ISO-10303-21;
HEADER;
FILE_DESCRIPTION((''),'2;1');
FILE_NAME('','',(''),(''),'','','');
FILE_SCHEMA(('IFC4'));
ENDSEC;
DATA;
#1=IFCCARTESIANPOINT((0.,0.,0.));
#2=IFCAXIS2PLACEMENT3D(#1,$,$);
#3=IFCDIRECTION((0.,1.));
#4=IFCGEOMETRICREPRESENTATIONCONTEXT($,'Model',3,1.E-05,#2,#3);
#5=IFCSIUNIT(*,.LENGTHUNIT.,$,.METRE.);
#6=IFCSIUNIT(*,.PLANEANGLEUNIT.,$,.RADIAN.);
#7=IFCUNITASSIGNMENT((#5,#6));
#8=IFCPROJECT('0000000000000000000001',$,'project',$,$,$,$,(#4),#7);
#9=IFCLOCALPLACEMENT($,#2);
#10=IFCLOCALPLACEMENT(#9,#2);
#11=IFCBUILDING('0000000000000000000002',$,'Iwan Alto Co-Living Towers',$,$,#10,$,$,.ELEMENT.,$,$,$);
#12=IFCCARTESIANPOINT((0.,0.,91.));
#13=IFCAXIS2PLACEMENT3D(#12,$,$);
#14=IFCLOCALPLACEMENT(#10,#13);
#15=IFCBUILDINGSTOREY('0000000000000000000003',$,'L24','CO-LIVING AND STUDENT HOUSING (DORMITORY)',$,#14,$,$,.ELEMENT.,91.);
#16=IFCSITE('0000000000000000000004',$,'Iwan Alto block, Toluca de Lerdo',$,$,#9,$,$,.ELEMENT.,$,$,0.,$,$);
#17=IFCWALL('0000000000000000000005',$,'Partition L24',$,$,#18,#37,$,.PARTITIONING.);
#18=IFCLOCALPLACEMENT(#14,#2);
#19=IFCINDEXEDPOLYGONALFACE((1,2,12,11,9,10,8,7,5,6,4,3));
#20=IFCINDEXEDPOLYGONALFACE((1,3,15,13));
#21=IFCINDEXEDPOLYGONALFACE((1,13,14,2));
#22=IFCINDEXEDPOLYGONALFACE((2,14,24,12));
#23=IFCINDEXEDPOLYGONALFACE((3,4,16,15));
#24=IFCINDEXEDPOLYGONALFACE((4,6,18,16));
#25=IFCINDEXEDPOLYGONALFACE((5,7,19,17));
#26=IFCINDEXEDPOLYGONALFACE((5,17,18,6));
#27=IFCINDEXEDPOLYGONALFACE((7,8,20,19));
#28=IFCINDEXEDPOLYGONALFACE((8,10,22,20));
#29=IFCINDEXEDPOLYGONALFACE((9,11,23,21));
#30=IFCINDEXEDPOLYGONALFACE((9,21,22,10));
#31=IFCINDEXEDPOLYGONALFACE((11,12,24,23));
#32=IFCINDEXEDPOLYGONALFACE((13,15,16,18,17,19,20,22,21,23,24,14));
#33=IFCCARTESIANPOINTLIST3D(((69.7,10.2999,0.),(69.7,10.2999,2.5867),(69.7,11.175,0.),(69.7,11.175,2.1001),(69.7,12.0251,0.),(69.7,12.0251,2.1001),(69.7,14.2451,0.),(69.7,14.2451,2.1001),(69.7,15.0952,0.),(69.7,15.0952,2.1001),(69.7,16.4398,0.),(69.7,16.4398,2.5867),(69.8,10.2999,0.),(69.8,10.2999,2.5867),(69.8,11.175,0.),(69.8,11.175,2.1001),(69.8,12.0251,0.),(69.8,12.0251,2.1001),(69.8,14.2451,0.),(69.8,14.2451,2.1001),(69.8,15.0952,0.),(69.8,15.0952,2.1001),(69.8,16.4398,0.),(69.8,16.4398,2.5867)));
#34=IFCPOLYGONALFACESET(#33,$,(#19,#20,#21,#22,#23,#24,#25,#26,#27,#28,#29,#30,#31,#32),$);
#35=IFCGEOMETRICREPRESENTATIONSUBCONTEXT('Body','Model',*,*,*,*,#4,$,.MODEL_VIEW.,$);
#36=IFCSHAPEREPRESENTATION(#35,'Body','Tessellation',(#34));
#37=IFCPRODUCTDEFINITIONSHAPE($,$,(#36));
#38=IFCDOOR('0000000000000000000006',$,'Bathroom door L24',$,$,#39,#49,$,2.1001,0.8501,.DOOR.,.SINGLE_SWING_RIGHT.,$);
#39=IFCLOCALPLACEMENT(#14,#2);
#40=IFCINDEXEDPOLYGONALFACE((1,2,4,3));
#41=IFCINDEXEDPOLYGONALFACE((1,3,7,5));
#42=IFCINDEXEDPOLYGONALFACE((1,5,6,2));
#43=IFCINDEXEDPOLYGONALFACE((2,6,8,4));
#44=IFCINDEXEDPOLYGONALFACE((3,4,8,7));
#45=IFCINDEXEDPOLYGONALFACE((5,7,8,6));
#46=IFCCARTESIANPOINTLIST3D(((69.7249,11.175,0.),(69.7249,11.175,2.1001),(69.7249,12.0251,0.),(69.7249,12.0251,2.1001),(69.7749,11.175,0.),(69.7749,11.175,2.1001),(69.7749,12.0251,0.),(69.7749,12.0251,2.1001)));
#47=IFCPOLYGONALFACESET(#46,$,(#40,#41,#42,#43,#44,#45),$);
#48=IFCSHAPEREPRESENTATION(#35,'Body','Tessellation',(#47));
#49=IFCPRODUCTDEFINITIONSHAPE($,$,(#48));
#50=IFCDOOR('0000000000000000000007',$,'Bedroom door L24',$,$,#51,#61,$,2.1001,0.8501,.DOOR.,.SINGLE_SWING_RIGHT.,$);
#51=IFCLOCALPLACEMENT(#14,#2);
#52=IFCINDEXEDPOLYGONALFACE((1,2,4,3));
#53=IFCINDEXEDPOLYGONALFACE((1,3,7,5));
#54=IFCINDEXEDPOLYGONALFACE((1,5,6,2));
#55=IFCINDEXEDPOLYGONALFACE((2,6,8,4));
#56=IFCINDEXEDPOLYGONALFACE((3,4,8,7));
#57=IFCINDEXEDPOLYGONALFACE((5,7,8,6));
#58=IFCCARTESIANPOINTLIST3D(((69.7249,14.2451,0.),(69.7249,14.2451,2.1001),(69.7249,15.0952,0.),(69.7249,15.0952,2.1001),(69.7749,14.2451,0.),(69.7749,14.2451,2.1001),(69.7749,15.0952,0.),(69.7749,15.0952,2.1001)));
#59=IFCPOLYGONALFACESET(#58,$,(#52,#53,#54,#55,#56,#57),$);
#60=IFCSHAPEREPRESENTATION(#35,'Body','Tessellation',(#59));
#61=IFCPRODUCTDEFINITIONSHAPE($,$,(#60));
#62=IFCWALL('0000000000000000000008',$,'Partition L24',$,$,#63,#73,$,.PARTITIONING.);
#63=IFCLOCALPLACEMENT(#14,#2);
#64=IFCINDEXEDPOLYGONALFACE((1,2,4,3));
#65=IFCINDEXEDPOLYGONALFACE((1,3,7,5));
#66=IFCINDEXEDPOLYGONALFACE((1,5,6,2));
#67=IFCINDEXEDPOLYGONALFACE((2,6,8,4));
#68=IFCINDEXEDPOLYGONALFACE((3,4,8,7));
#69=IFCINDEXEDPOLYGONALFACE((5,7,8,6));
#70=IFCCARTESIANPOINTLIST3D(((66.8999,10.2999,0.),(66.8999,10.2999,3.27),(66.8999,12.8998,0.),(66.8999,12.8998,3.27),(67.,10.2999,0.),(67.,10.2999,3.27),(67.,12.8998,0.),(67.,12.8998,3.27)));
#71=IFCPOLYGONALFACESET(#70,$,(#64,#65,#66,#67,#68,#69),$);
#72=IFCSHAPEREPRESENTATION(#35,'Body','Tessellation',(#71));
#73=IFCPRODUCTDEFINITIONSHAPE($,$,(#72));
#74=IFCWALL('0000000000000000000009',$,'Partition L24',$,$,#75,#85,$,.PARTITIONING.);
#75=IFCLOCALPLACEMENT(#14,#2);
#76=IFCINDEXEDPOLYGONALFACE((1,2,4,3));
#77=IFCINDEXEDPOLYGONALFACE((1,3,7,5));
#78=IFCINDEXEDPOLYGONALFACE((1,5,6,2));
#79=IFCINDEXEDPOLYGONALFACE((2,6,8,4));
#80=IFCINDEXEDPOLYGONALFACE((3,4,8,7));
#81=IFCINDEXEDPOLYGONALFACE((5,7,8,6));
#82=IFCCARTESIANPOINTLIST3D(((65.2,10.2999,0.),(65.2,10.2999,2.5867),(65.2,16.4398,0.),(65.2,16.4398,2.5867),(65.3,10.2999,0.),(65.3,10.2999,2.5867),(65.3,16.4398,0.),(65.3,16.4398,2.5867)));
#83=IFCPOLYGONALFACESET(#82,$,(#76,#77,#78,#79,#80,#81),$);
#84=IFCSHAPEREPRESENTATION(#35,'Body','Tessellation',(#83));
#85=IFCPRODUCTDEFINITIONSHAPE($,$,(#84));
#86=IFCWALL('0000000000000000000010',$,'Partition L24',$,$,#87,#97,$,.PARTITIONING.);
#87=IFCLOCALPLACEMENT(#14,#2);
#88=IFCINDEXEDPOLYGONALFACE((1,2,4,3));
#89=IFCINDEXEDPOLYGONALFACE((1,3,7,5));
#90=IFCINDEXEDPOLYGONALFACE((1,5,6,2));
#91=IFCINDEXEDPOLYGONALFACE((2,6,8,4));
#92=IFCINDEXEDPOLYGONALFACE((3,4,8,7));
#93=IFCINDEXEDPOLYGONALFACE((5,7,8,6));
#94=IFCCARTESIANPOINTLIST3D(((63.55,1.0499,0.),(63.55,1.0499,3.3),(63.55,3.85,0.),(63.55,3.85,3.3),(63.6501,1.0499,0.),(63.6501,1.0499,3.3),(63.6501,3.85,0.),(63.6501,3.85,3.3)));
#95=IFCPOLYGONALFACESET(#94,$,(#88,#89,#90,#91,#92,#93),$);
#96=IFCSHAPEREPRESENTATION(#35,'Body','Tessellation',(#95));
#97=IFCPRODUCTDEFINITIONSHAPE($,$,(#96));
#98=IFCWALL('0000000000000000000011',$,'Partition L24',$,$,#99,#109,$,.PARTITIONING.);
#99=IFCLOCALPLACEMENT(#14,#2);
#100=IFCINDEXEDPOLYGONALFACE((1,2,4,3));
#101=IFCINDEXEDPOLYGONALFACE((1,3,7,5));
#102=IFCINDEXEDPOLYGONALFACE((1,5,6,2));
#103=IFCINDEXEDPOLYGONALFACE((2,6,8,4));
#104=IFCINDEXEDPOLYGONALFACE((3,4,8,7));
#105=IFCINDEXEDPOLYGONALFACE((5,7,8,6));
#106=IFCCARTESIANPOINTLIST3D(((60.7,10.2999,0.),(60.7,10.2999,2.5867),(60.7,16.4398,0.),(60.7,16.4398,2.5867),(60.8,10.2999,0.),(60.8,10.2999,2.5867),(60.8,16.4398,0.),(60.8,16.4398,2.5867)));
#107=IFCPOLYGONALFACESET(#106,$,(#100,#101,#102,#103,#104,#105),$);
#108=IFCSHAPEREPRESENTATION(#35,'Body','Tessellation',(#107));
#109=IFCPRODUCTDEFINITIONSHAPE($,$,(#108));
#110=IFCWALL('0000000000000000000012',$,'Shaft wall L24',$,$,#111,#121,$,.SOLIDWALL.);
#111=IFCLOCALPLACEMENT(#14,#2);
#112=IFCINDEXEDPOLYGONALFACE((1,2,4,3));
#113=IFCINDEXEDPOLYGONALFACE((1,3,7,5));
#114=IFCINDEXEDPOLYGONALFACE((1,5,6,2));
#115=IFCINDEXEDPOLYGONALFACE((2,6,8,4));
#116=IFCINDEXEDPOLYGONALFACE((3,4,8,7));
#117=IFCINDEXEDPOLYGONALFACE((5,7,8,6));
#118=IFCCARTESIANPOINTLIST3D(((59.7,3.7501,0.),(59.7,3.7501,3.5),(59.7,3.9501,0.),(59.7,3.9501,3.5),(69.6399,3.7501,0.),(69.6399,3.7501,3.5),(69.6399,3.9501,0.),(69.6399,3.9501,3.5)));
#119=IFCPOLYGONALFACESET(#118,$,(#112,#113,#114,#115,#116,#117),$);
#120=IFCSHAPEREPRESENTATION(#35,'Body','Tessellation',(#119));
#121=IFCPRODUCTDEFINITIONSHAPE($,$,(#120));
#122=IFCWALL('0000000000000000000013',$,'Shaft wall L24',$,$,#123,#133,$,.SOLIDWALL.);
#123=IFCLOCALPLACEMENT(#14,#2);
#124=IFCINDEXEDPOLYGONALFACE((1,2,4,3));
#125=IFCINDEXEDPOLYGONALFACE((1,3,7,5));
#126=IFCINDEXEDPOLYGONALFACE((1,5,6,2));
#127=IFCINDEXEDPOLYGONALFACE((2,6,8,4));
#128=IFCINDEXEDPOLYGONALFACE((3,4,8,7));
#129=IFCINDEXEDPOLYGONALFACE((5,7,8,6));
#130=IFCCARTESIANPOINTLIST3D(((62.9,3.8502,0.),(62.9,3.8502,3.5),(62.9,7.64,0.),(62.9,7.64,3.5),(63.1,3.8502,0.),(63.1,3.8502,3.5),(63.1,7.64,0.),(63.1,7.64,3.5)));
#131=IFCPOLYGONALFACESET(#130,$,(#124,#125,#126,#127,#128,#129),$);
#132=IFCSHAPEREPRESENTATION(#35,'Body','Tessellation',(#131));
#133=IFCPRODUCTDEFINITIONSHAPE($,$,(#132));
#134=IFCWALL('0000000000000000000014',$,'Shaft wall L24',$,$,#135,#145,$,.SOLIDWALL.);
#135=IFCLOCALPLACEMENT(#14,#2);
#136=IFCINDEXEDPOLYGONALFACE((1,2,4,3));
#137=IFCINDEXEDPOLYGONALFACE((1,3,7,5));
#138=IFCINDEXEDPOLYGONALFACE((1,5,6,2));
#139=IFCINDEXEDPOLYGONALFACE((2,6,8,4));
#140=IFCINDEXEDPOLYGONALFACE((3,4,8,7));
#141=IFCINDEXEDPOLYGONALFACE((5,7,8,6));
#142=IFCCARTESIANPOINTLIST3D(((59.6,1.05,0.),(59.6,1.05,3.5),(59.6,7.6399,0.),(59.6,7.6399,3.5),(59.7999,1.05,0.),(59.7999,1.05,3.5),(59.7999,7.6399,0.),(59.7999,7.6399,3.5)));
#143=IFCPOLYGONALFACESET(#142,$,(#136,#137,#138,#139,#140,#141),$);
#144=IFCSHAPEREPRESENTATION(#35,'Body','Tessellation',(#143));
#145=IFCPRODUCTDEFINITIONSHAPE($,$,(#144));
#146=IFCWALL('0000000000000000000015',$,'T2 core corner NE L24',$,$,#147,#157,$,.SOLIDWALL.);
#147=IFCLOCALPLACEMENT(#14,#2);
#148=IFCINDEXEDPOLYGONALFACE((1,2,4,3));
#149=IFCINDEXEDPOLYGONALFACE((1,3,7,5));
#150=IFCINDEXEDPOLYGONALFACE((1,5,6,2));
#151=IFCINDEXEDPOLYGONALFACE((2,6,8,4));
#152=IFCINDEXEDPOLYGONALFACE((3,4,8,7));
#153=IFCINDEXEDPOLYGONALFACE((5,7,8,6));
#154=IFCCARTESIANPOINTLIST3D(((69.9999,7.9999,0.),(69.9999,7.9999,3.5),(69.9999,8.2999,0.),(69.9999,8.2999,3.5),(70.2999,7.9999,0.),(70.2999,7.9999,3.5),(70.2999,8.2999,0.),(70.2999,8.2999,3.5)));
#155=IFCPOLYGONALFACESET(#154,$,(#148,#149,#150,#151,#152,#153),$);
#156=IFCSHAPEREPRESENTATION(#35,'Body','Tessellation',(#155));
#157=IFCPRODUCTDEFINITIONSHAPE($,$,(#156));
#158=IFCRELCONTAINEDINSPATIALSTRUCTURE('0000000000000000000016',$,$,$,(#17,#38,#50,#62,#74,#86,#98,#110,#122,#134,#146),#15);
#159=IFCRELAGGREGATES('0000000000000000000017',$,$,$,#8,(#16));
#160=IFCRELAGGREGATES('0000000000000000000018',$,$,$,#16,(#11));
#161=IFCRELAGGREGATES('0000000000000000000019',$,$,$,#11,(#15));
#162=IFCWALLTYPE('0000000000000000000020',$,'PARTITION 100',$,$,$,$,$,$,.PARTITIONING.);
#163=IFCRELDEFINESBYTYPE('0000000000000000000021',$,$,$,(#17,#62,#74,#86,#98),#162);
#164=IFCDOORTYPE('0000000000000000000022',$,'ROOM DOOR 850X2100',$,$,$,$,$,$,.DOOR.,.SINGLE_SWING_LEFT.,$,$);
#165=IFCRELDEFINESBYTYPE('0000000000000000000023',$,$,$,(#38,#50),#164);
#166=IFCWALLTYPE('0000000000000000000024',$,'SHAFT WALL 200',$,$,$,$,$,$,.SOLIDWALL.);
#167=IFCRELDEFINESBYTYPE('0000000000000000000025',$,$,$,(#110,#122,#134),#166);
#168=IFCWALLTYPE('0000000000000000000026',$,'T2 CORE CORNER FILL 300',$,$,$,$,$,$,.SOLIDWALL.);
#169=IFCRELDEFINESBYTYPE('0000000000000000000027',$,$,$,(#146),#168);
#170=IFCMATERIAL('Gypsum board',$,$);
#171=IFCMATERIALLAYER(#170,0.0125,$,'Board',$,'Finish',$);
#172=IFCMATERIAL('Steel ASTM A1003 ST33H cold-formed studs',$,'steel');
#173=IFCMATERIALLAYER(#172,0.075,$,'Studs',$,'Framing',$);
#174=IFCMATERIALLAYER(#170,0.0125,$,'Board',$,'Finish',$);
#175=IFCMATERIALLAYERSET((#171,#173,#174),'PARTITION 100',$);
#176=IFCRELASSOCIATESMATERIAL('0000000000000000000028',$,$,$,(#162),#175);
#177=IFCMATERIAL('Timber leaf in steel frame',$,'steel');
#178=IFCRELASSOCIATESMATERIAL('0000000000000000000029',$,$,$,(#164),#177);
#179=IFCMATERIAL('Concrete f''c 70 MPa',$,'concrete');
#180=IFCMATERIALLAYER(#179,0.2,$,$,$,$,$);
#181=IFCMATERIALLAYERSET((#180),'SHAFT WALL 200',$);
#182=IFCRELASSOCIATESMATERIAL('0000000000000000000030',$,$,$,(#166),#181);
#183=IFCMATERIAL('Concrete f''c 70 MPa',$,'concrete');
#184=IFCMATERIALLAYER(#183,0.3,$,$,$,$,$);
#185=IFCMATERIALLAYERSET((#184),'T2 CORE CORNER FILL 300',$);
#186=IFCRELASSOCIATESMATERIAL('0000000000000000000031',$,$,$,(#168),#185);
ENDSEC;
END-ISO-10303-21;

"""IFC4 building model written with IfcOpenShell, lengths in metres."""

from ifc_helpers import new_model, si_unit, direction, frame, frame_2d, origin, place, context, subcontext, project, spatial, rectangle, extrude, material, layer, layer_set, type_object, element, fill, save


model = new_model("IFC4")

# Units and contexts
model_context = context("Model", 3, precision=1e-05, world=origin(), true_north=direction((0.0, 1.0)))
body_context = subcontext(model_context, "Body", "Model", "MODEL_VIEW")
ifc_project = project(units=[si_unit("LENGTHUNIT", "METRE"), si_unit("PLANEANGLEUNIT", "RADIAN")], contexts=[model_context])

# Site, building, storey
site_placement = place(None, origin())
site = spatial("IfcSite", under=ifc_project, at=site_placement, Name="Iwan Alto block, Toluca de Lerdo", CompositionType="ELEMENT", RefElevation=0.0)
building_placement = place(site_placement, origin())
building = spatial("IfcBuilding", under=site, at=building_placement, Name="Iwan Alto Co-Living Towers", CompositionType="ELEMENT")
storey_placement = place(building_placement, frame((0.0, 0.0, 91.0)))
storey = spatial("IfcBuildingStorey", under=building, at=storey_placement, Name="L24", Description="CO-LIVING AND STUDENT HOUSING (DORMITORY)", CompositionType="ELEMENT", Elevation=91.0)

# Shared definitions
ifc_material_1 = material(Name="Gypsum board")
ifc_layer_1 = layer(ifc_material_1, 0.0125, Name="Board", Category="Finish")
ifc_material_2 = material(Name="Steel ASTM A1003 ST33H cold-formed studs", Category="steel")
ifc_layer_2 = layer(ifc_material_2, 0.075, Name="Studs", Category="Framing")
ifc_layer_3 = layer(ifc_material_1, 0.0125, Name="Board", Category="Finish")
ifc_layer_set_1 = layer_set([ifc_layer_1, ifc_layer_2, ifc_layer_3], Name="PARTITION 100")
wall_type_1 = type_object("IfcWallType", Name="PARTITION 100", PredefinedType="PARTITIONING", material=ifc_layer_set_1)

# Shared definitions
ifc_material_3 = material(Name="Timber leaf in steel frame", Category="steel")
door_type_1 = type_object("IfcDoorType", Name="ROOM DOOR 850X2100", OperationType="SINGLE_SWING_LEFT", PredefinedType="DOOR", material=ifc_material_3)

# Wall, openings, doors
wall_1_placement = place(storey_placement, frame((69.75, 10.3, 0.0), z_axis=(0.0, 0.0, 1.0), x_axis=(0.0, 1.0, 0.0)))
wall_1 = element("IfcWall", 1, at=wall_1_placement, inside=storey, type_object=wall_type_1, Name="Partition L24", PredefinedType="PARTITIONING", context=body_context, shape_type="SweptSolid", body=[
    extrude(rectangle(XDim=6.1399, YDim=0.1001, at=frame_2d((3.0698, 0.0))), origin(), (0.0, 0.0, 1.0), 2.5867),
])
opening_1_placement = place(wall_1_placement, frame((0.875, 0.0, 0.0)))
opening_1 = element("IfcOpeningElement", 2, at=opening_1_placement, cuts=wall_1, PredefinedType="OPENING", context=body_context, shape_type="SweptSolid", body=[
    extrude(rectangle(XDim=0.8501, YDim=2.1001, at=frame_2d((0.425, 1.05))), frame((0.0, 0.0601, 0.0), z_axis=(0.0, -1.0, 0.0), x_axis=(1.0, 0.0, 0.0)), (0.0, 0.0, 1.0), 0.1201),
])
opening_2_placement = place(wall_1_placement, frame((3.9451, 0.0, 0.0)))
opening_2 = element("IfcOpeningElement", 3, at=opening_2_placement, cuts=wall_1, PredefinedType="OPENING", context=body_context, shape_type="SweptSolid", body=[
    extrude(rectangle(XDim=0.8501, YDim=2.1001, at=frame_2d((0.425, 1.05))), frame((0.0, 0.0601, 0.0), z_axis=(0.0, -1.0, 0.0), x_axis=(1.0, 0.0, 0.0)), (0.0, 0.0, 1.0), 0.1201),
])
door_1_placement = place(opening_1_placement, frame((0.8501, 0.0, 0.0), z_axis=(0.0, 0.0, 1.0), x_axis=(-1.0, 0.0, 0.0)))
door_1 = element("IfcDoor", 4, at=door_1_placement, inside=storey, type_object=door_type_1, Name="Bathroom door L24", OperationType="SINGLE_SWING_RIGHT", OverallHeight=2.1001, OverallWidth=0.8501, PredefinedType="DOOR", context=body_context, shape_type="SweptSolid", body=[
    extrude(rectangle(XDim=0.8501, YDim=2.1001, at=frame_2d((0.425, 1.05))), frame((0.0, 0.0249, 0.0), z_axis=(0.0, -1.0, 0.0), x_axis=(1.0, 0.0, 0.0)), (0.0, 0.0, 1.0), 0.05),
])
fill(opening_1, door_1)
door_2_placement = place(opening_2_placement, frame((0.8501, 0.0, 0.0), z_axis=(0.0, 0.0, 1.0), x_axis=(-1.0, 0.0, 0.0)))
door_2 = element("IfcDoor", 5, at=door_2_placement, inside=storey, type_object=door_type_1, Name="Bedroom door L24", OperationType="SINGLE_SWING_RIGHT", OverallHeight=2.1001, OverallWidth=0.8501, PredefinedType="DOOR", context=body_context, shape_type="SweptSolid", body=[
    extrude(rectangle(XDim=0.8501, YDim=2.1001, at=frame_2d((0.425, 1.05))), frame((0.0, 0.0249, 0.0), z_axis=(0.0, -1.0, 0.0), x_axis=(1.0, 0.0, 0.0)), (0.0, 0.0, 1.0), 0.05),
])
fill(opening_2, door_2)

# Walls
wall_2_placement = place(storey_placement, frame((66.95, 10.3, 0.0), z_axis=(0.0, 0.0, 1.0), x_axis=(0.0, 1.0, 0.0)))
element("IfcWall", 6, at=wall_2_placement, inside=storey, type_object=wall_type_1, Name="Partition L24", PredefinedType="PARTITIONING", context=body_context, shape_type="SweptSolid", body=[
    extrude(rectangle(XDim=2.5999, YDim=0.1001, at=frame_2d((1.2998, 0.0))), origin(), (0.0, 0.0, 1.0), 3.27),
])
wall_3_placement = place(storey_placement, frame((65.25, 10.3, 0.0), z_axis=(0.0, 0.0, 1.0), x_axis=(0.0, 1.0, 0.0)))
element("IfcWall", 7, at=wall_3_placement, inside=storey, type_object=wall_type_1, Name="Partition L24", PredefinedType="PARTITIONING", context=body_context, shape_type="SweptSolid", body=[
    extrude(rectangle(XDim=6.1399, YDim=0.1001, at=frame_2d((3.0698, 0.0))), origin(), (0.0, 0.0, 1.0), 2.5867),
])
wall_4_placement = place(storey_placement, frame((63.6001, 1.05, 0.0), z_axis=(0.0, 0.0, 1.0), x_axis=(0.0, 1.0, 0.0)))
element("IfcWall", 8, at=wall_4_placement, inside=storey, type_object=wall_type_1, Name="Partition L24", PredefinedType="PARTITIONING", context=body_context, shape_type="SweptSolid", body=[
    extrude(rectangle(XDim=2.8, YDim=0.1001, at=frame_2d((1.3999, 0.0))), origin(), (0.0, 0.0, 1.0), 3.3),
])
wall_5_placement = place(storey_placement, frame((60.75, 10.3, 0.0), z_axis=(0.0, 0.0, 1.0), x_axis=(0.0, 1.0, 0.0)))
element("IfcWall", 9, at=wall_5_placement, inside=storey, type_object=wall_type_1, Name="Partition L24", PredefinedType="PARTITIONING", context=body_context, shape_type="SweptSolid", body=[
    extrude(rectangle(XDim=6.1399, YDim=0.1001, at=frame_2d((3.0698, 0.0))), origin(), (0.0, 0.0, 1.0), 2.5867),
])
ifc_material_4 = material(Name="Concrete f'c 70 MPa", Category="concrete")
ifc_layer_4 = layer(ifc_material_4, 0.2)
ifc_layer_set_2 = layer_set([ifc_layer_4], Name="SHAFT WALL 200")
wall_type_2 = type_object("IfcWallType", Name="SHAFT WALL 200", PredefinedType="SOLIDWALL", material=ifc_layer_set_2)
wall_6_placement = place(storey_placement, frame((59.7, 3.8501, 0.0), z_axis=(0.0, 0.0, 1.0), x_axis=(1.0, 0.0, 0.0)))
element("IfcWall", 10, at=wall_6_placement, inside=storey, type_object=wall_type_2, Name="Shaft wall L24", PredefinedType="SOLIDWALL", context=body_context, shape_type="SweptSolid", body=[
    extrude(rectangle(XDim=9.9399, YDim=0.2, at=frame_2d((4.97, 0.0))), origin(), (0.0, 0.0, 1.0), 3.5),
])
wall_7_placement = place(storey_placement, frame((63.0, 3.8501, 0.0), z_axis=(0.0, 0.0, 1.0), x_axis=(0.0, 1.0, 0.0)))
element("IfcWall", 11, at=wall_7_placement, inside=storey, type_object=wall_type_2, Name="Shaft wall L24", PredefinedType="SOLIDWALL", context=body_context, shape_type="SweptSolid", body=[
    extrude(rectangle(XDim=3.7898, YDim=0.2, at=frame_2d((1.895, 0.0))), origin(), (0.0, 0.0, 1.0), 3.5),
])
wall_8_placement = place(storey_placement, frame((59.7, 1.05, 0.0), z_axis=(0.0, 0.0, 1.0), x_axis=(0.0, 1.0, 0.0)))
element("IfcWall", 12, at=wall_8_placement, inside=storey, type_object=wall_type_2, Name="Shaft wall L24", PredefinedType="SOLIDWALL", context=body_context, shape_type="SweptSolid", body=[
    extrude(rectangle(XDim=6.5898, YDim=0.2, at=frame_2d((3.2949, 0.0))), origin(), (0.0, 0.0, 1.0), 3.5),
])
ifc_material_5 = material(Name="Concrete f'c 70 MPa", Category="concrete")
ifc_layer_5 = layer(ifc_material_5, 0.3)
ifc_layer_set_3 = layer_set([ifc_layer_5], Name="T2 CORE CORNER FILL 300")
wall_type_3 = type_object("IfcWallType", Name="T2 CORE CORNER FILL 300", PredefinedType="SOLIDWALL", material=ifc_layer_set_3)
wall_9_placement = place(storey_placement, frame((70.0, 8.1499, 0.0), z_axis=(0.0, 0.0, 1.0), x_axis=(1.0, 0.0, 0.0)))
element("IfcWall", 13, at=wall_9_placement, inside=storey, type_object=wall_type_3, Name="T2 core corner NE L24", PredefinedType="SOLIDWALL", context=body_context, shape_type="SweptSolid", body=[
    extrude(rectangle(XDim=0.3, YDim=0.3, at=frame_2d((0.1499, 0.0))), origin(), (0.0, 0.0, 1.0), 3.5),
])

save(model, "model.ifc")
